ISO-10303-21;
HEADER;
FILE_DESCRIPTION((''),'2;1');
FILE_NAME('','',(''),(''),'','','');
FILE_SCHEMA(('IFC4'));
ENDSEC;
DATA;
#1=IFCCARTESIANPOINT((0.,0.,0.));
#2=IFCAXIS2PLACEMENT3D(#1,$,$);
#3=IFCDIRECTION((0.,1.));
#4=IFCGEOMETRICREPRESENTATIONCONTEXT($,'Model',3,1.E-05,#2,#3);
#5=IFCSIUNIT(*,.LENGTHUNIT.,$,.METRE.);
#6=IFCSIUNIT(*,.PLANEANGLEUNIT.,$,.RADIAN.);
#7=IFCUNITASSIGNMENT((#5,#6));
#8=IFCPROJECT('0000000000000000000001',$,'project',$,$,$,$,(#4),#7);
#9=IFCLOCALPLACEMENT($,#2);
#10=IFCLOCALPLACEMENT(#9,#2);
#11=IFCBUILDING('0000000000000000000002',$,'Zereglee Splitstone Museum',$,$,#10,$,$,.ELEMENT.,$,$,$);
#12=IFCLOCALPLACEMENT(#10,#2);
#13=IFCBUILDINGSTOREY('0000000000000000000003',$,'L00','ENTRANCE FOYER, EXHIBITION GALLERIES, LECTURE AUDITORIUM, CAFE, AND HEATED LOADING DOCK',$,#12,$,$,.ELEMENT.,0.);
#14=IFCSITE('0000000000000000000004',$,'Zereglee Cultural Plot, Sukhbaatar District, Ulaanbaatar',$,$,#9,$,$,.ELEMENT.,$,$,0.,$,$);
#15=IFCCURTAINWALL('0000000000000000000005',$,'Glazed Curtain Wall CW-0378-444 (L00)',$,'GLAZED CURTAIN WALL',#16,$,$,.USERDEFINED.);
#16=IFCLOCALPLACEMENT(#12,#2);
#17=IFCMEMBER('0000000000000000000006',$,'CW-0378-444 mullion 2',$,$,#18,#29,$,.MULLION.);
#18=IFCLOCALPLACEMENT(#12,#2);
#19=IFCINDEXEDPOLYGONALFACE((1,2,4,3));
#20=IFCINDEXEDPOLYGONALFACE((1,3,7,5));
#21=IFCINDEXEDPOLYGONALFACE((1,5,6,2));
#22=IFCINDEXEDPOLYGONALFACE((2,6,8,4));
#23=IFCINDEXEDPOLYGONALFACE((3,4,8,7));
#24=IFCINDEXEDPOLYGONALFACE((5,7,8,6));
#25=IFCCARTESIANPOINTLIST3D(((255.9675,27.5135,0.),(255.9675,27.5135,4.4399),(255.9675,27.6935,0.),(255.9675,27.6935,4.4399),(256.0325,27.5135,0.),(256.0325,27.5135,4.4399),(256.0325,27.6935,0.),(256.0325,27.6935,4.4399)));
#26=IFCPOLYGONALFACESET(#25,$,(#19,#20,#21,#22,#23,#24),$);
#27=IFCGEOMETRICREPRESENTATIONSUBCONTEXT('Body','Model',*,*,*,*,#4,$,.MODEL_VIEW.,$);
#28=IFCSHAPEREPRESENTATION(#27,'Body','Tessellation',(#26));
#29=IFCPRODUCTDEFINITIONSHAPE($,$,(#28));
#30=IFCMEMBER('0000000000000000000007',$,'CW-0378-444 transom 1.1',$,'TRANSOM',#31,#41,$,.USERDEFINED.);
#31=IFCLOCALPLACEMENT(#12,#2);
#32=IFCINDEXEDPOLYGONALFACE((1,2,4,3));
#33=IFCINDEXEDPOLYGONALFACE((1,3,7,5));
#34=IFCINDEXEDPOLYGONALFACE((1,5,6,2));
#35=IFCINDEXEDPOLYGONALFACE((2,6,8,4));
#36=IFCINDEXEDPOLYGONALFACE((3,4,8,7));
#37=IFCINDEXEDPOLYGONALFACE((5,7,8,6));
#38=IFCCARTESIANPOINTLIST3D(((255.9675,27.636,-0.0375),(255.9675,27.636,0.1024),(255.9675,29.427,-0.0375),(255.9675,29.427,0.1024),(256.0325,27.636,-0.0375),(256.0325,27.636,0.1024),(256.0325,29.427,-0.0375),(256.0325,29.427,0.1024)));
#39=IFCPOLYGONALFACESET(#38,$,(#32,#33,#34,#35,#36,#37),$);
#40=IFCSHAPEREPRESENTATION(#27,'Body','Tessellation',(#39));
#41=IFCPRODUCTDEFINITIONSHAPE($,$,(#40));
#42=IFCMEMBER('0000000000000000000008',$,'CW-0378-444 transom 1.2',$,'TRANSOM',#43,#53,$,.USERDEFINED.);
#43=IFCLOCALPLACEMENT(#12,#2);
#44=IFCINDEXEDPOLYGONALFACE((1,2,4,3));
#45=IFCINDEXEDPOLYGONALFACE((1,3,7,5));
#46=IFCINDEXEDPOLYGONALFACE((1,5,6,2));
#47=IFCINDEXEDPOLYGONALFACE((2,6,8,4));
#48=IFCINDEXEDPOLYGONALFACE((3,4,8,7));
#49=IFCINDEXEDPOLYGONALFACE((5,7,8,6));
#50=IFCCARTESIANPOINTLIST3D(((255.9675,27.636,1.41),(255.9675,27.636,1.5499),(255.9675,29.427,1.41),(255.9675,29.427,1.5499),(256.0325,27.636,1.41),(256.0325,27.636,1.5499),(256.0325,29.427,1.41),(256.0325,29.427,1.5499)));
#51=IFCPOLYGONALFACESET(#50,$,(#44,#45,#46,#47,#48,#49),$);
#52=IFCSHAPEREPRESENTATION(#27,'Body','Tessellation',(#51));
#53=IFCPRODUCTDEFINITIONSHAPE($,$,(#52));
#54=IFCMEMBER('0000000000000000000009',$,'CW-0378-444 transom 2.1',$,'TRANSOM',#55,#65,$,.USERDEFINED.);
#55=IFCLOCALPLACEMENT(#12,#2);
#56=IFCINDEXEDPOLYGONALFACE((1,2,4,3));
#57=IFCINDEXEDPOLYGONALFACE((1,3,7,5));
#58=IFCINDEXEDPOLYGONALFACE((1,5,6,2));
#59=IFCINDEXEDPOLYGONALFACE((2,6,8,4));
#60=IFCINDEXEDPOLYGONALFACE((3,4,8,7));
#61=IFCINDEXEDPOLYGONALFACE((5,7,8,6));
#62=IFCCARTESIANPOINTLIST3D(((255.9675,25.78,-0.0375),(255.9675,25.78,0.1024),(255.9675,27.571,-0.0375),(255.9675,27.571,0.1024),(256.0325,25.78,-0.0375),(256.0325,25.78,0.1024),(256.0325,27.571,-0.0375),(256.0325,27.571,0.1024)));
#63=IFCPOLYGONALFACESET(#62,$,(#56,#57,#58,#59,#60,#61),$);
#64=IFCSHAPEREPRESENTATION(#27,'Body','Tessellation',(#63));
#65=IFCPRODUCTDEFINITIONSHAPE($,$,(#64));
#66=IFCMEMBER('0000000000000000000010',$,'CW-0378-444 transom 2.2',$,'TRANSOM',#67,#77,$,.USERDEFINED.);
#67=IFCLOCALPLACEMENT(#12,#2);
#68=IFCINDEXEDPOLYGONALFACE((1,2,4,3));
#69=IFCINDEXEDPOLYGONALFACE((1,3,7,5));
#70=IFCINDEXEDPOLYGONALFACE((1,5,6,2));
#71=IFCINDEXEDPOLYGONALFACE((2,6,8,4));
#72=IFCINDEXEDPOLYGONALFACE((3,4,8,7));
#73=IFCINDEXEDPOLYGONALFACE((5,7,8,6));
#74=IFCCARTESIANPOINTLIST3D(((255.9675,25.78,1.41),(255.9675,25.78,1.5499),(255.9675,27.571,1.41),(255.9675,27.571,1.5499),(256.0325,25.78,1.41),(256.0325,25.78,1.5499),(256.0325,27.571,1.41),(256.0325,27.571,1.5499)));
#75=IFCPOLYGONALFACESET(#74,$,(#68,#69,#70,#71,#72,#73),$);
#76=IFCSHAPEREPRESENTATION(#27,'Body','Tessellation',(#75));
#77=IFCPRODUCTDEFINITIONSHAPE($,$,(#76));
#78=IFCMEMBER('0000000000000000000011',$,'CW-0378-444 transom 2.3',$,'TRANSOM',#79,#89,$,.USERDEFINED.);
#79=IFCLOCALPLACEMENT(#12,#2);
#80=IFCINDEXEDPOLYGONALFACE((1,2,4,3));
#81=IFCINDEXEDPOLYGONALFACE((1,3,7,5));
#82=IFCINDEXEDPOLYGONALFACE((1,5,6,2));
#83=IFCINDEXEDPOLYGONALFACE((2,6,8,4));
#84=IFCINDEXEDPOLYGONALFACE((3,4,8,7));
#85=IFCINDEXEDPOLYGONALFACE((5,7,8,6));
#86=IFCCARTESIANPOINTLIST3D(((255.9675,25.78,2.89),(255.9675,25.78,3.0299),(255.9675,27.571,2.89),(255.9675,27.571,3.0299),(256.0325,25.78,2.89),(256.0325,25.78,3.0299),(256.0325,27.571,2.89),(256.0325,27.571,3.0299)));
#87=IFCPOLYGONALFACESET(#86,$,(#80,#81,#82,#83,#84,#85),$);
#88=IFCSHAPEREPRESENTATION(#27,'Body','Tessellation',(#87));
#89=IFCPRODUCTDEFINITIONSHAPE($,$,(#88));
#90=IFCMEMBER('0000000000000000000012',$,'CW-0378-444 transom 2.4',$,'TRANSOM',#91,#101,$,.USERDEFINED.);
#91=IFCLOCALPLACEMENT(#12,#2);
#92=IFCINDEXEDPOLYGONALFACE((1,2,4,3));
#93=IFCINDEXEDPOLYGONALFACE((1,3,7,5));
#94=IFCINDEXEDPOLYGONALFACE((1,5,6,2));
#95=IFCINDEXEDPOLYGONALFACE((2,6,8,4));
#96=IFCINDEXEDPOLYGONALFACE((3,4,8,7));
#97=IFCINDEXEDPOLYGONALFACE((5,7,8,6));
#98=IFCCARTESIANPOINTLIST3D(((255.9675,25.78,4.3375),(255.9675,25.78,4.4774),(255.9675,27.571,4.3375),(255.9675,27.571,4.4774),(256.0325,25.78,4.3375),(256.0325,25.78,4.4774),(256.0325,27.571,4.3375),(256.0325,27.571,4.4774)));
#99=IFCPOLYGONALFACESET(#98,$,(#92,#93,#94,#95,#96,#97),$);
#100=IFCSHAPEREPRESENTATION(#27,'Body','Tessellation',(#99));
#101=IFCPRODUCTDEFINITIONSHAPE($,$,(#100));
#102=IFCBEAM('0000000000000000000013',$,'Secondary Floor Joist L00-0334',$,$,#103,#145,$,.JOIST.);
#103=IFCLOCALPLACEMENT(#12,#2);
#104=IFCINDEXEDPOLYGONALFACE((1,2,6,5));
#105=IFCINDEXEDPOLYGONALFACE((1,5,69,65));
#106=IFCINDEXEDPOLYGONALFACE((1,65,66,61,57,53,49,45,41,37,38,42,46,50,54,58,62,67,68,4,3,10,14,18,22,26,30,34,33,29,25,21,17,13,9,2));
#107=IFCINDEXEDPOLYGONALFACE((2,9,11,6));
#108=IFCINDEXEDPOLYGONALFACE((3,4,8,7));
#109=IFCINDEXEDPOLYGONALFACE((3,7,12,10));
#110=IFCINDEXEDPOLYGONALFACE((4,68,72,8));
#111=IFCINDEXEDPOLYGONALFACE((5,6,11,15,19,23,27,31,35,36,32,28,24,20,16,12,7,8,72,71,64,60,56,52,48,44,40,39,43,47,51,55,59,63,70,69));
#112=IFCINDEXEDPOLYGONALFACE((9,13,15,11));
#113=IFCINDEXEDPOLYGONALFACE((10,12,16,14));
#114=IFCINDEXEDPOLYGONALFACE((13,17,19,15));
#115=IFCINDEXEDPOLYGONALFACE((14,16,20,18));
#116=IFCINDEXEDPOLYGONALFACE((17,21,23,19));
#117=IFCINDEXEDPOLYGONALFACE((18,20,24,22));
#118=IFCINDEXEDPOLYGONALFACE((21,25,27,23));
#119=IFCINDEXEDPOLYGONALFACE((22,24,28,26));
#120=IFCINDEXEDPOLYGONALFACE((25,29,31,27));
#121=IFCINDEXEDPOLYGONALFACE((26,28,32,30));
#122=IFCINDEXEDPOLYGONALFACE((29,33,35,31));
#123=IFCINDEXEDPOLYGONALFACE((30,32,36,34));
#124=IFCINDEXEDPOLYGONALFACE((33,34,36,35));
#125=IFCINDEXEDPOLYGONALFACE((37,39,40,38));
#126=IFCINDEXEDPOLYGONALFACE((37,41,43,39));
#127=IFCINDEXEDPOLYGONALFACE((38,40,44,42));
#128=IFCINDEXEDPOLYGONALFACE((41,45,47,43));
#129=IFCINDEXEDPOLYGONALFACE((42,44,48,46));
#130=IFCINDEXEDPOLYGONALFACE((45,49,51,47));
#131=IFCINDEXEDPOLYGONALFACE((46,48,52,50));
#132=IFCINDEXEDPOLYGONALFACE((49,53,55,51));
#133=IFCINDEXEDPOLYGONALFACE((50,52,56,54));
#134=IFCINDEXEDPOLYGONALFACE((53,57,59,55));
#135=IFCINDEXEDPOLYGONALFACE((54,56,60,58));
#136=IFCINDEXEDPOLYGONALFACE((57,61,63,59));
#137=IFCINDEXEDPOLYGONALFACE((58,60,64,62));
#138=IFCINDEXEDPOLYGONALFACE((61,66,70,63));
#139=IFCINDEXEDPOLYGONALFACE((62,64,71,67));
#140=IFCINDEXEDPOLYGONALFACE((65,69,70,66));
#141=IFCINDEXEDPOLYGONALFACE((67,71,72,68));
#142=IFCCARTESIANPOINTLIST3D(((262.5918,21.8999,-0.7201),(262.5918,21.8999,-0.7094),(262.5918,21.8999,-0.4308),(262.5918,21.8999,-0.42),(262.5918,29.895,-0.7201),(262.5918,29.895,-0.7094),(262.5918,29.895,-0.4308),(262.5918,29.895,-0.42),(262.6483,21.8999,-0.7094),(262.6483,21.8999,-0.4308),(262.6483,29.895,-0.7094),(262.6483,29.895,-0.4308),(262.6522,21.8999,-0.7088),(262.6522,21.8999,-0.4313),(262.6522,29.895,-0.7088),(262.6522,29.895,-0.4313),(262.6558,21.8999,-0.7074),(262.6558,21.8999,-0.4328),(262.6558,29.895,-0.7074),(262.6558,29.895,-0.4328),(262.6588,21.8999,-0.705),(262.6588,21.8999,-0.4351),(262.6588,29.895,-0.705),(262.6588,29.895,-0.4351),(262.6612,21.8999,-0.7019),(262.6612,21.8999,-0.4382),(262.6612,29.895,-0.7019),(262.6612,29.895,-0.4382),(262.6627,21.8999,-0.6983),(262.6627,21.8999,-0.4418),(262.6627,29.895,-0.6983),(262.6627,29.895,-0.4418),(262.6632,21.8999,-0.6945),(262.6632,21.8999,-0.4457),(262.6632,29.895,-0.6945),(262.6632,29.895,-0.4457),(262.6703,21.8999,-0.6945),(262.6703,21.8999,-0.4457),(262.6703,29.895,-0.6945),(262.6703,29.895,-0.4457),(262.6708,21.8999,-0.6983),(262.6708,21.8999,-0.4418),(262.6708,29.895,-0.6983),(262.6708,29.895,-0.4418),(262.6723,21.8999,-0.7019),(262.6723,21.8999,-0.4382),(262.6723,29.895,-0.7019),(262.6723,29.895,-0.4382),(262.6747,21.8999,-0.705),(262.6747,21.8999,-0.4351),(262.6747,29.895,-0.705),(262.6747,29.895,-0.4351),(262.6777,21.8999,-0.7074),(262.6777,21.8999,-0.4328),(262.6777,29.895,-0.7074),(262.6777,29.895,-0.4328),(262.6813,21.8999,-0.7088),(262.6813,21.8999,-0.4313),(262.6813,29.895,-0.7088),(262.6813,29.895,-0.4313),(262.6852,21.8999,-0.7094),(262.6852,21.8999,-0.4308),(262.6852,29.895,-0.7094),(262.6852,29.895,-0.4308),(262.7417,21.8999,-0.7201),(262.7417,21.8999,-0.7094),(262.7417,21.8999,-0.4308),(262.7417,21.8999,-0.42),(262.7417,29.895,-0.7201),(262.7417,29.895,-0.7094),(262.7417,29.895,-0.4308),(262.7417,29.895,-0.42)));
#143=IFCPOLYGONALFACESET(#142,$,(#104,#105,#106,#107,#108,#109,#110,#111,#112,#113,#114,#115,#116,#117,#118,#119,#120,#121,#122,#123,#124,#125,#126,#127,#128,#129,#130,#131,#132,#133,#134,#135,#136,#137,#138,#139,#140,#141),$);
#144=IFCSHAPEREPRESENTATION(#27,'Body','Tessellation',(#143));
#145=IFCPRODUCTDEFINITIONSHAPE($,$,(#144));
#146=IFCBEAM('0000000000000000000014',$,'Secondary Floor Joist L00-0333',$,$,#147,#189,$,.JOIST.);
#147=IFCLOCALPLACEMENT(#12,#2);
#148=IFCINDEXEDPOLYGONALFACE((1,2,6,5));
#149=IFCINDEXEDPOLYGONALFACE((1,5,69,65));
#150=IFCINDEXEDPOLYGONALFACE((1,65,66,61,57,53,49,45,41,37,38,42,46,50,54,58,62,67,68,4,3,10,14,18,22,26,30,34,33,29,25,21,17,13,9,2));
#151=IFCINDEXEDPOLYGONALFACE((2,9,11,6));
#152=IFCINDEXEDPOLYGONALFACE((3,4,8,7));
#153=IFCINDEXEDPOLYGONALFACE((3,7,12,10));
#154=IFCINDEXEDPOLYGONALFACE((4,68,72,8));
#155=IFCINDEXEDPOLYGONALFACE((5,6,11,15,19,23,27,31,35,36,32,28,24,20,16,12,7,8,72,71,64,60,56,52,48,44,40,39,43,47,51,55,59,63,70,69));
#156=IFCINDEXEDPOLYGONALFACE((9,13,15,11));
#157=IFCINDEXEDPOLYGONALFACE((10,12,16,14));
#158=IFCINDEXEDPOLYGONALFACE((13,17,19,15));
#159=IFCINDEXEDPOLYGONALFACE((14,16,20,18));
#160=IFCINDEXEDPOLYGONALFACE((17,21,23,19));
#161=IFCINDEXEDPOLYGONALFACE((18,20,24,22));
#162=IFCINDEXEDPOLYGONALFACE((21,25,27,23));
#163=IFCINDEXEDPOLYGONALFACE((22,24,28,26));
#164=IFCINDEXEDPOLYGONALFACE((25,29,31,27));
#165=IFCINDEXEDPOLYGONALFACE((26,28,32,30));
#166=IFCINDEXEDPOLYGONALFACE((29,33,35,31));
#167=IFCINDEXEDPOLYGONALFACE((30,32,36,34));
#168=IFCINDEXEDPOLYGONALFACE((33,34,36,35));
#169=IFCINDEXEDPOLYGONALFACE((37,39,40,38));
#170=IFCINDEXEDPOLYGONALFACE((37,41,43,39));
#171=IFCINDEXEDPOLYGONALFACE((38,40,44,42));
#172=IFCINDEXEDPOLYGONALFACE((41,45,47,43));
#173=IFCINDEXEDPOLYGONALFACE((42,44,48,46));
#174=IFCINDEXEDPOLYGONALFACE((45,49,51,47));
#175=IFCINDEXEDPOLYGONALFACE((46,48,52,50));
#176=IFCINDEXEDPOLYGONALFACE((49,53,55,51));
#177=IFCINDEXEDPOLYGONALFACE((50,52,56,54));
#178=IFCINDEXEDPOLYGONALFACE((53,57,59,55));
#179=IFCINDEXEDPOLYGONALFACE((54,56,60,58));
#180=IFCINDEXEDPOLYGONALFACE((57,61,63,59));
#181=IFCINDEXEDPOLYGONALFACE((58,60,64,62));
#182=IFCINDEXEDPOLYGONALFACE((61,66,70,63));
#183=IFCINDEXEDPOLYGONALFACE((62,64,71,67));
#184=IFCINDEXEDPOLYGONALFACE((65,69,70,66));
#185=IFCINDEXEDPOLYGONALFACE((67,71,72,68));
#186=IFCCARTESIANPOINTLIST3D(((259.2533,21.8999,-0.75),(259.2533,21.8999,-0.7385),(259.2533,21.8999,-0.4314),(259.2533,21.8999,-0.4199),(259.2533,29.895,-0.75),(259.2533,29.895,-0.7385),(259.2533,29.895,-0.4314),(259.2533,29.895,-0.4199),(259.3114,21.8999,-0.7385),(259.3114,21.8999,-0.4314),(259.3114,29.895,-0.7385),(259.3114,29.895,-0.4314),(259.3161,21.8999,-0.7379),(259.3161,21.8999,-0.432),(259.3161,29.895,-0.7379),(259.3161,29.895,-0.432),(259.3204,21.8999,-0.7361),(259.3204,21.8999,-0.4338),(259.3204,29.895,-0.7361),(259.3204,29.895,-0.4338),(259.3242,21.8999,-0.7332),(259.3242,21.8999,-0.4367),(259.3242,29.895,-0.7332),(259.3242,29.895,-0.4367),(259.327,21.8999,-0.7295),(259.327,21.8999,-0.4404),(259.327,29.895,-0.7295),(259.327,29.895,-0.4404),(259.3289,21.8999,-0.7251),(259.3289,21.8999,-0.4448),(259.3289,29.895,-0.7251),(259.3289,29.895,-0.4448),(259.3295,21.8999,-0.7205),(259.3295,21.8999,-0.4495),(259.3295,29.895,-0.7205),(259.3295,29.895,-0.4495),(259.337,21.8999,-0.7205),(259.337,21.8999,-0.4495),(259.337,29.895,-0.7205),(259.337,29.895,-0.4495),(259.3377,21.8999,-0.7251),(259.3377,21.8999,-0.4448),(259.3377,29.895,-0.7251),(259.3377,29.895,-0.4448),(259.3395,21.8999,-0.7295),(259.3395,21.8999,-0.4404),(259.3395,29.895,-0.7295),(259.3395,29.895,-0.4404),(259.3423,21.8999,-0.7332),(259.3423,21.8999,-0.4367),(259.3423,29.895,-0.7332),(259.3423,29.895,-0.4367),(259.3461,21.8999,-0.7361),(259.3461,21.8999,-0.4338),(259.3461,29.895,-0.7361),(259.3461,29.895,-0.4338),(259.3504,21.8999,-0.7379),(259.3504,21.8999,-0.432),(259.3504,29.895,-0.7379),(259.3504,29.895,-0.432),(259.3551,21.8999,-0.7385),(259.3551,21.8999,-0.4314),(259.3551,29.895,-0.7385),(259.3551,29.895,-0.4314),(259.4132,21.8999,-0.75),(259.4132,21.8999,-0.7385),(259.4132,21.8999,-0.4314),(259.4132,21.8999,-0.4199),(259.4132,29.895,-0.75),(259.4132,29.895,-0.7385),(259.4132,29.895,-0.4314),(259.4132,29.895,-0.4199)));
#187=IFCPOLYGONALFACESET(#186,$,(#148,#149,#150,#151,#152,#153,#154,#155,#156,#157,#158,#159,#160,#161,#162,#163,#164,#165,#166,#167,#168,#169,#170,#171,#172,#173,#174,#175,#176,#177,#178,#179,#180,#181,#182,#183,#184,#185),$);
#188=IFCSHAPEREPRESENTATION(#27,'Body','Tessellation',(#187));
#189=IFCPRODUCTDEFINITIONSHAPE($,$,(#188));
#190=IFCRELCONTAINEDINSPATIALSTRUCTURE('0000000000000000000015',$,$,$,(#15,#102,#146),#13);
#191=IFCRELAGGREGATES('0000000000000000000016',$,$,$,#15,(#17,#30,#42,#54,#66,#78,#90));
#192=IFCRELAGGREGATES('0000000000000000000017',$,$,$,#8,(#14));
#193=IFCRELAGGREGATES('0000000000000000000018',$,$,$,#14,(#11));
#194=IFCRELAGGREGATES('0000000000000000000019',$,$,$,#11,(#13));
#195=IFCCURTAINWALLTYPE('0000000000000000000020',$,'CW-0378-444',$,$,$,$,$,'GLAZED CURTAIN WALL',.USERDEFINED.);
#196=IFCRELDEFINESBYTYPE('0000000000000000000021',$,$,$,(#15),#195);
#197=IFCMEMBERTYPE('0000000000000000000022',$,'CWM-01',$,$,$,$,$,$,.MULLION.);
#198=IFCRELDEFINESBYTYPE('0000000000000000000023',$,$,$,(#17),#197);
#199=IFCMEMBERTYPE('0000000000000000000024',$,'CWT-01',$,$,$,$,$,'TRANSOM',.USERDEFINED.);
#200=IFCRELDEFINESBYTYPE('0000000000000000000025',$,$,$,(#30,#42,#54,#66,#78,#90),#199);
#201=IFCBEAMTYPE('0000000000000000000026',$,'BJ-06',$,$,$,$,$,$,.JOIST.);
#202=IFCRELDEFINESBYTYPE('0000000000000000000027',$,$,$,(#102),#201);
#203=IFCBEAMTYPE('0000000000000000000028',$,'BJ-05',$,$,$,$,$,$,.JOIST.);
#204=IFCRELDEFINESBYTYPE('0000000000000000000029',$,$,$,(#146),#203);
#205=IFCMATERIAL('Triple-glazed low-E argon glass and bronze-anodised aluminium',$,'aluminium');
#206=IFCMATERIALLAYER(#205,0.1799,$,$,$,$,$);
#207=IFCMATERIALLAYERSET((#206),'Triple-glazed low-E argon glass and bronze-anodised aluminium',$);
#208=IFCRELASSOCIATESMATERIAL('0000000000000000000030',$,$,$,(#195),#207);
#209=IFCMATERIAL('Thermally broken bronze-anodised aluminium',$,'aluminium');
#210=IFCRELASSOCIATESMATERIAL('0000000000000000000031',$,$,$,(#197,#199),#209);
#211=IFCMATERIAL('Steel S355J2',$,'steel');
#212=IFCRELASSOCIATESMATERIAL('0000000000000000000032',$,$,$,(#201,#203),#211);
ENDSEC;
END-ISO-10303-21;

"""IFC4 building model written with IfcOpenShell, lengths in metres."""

from ifc_helpers import new_model, si_unit, direction, frame, origin, origin_2d, place, context, subcontext, project, spatial, rectangle, i_section, extrude, material, layer, layer_set, material_profile, profile_set, type_object, element, aggregate, save


model = new_model("IFC4")

# Units and contexts
model_context = context("Model", 3, precision=1e-05, world=origin(), true_north=direction((0.0, 1.0)))
body_context = subcontext(model_context, "Body", "Model", "MODEL_VIEW")
ifc_project = project(units=[si_unit("LENGTHUNIT", "METRE"), si_unit("PLANEANGLEUNIT", "RADIAN")], contexts=[model_context])

# Site, building, storey
site_placement = place(None, origin())
site = spatial("IfcSite", under=ifc_project, at=site_placement, Name="Zereglee Cultural Plot, Sukhbaatar District, Ulaanbaatar", CompositionType="ELEMENT", RefElevation=0.0)
building_placement = place(site_placement, origin())
building = spatial("IfcBuilding", under=site, at=building_placement, Name="Zereglee Splitstone Museum", CompositionType="ELEMENT")
storey_placement = place(building_placement, origin())
storey = spatial("IfcBuildingStorey", under=building, at=storey_placement, Name="L00", Description="ENTRANCE FOYER, EXHIBITION GALLERIES, LECTURE AUDITORIUM, CAFE, AND HEATED LOADING DOCK", CompositionType="ELEMENT", Elevation=0.0)

# Curtain wall, members
ifc_material_1 = material(Name="Triple-glazed low-E argon glass and bronze-anodised aluminium", Category="aluminium")
ifc_layer_1 = layer(ifc_material_1, 0.1799)
ifc_layer_set_1 = layer_set([ifc_layer_1], Name="Triple-glazed low-E argon glass and bronze-anodised aluminium")
curtain_wall_type = type_object("IfcCurtainWallType", Name="CW-0378-444", ElementType="GLAZED CURTAIN WALL", PredefinedType="USERDEFINED", material=ifc_layer_set_1)
curtain_wall_placement = place(storey_placement, origin())
curtain_wall = element("IfcCurtainWall", 1, at=curtain_wall_placement, inside=storey, type_object=curtain_wall_type, Name="Glazed Curtain Wall CW-0378-444 (L00)", ObjectType="GLAZED CURTAIN WALL", PredefinedType="USERDEFINED")
ifc_material_2 = material(Name="Thermally broken bronze-anodised aluminium", Category="aluminium")
ifc_material_profile_1 = material_profile(ifc_material_2, rectangle(XDim=0.0649, YDim=0.1799, at=origin_2d()), Name="CW MULL 65x180")
ifc_profile_set_1 = profile_set([ifc_material_profile_1], Name="Thermally broken bronze-anodised aluminium")
member_type_1 = type_object("IfcMemberType", Name="CWM-01", PredefinedType="MULLION", material=ifc_profile_set_1)
member_1_placement = place(storey_placement, frame((256.0, 27.6035, 0.0), z_axis=(0.0, 0.0, 1.0), x_axis=(1.0, 0.0, 0.0)))
member_1 = element("IfcMember", 2, at=member_1_placement, type_object=member_type_1, Name="CW-0378-444 mullion 2", PredefinedType="MULLION", context=body_context, shape_type="SweptSolid", body=[
    extrude(rectangle(XDim=0.0649, YDim=0.1799, at=origin_2d()), origin(), (0.0, 0.0, 1.0), 4.4399),
])
ifc_material_profile_2 = material_profile(ifc_material_2, rectangle(XDim=0.0649, YDim=0.1399, at=origin_2d()), Name="CW TRAN 65x140")
ifc_profile_set_2 = profile_set([ifc_material_profile_2], Name="Thermally broken bronze-anodised aluminium")
member_type_2 = type_object("IfcMemberType", Name="CWT-01", ElementType="TRANSOM", PredefinedType="USERDEFINED", material=ifc_profile_set_2)
member_2_placement = place(storey_placement, frame((256.0, 29.427, 0.0325), z_axis=(0.0, -1.0, 0.0), x_axis=(1.0, 0.0, 0.0)))
member_2 = element("IfcMember", 3, at=member_2_placement, type_object=member_type_2, Name="CW-0378-444 transom 1.1", ObjectType="TRANSOM", PredefinedType="USERDEFINED", context=body_context, shape_type="SweptSolid", body=[
    extrude(rectangle(XDim=0.0649, YDim=0.1399, at=origin_2d()), origin(), (0.0, 0.0, 1.0), 1.791),
])
member_3_placement = place(storey_placement, frame((256.0, 29.427, 1.48), z_axis=(0.0, -1.0, 0.0), x_axis=(1.0, 0.0, 0.0)))
member_3 = element("IfcMember", 4, at=member_3_placement, type_object=member_type_2, Name="CW-0378-444 transom 1.2", ObjectType="TRANSOM", PredefinedType="USERDEFINED", context=body_context, shape_type="SweptSolid", body=[
    extrude(rectangle(XDim=0.0649, YDim=0.1399, at=origin_2d()), origin(), (0.0, 0.0, 1.0), 1.791),
])
member_4_placement = place(storey_placement, frame((256.0, 27.571, 0.0325), z_axis=(0.0, -1.0, 0.0), x_axis=(1.0, 0.0, 0.0)))
member_4 = element("IfcMember", 5, at=member_4_placement, type_object=member_type_2, Name="CW-0378-444 transom 2.1", ObjectType="TRANSOM", PredefinedType="USERDEFINED", context=body_context, shape_type="SweptSolid", body=[
    extrude(rectangle(XDim=0.0649, YDim=0.1399, at=origin_2d()), origin(), (0.0, 0.0, 1.0), 1.791),
])
member_5_placement = place(storey_placement, frame((256.0, 27.571, 1.48), z_axis=(0.0, -1.0, 0.0), x_axis=(1.0, 0.0, 0.0)))
member_5 = element("IfcMember", 6, at=member_5_placement, type_object=member_type_2, Name="CW-0378-444 transom 2.2", ObjectType="TRANSOM", PredefinedType="USERDEFINED", context=body_context, shape_type="SweptSolid", body=[
    extrude(rectangle(XDim=0.0649, YDim=0.1399, at=origin_2d()), origin(), (0.0, 0.0, 1.0), 1.791),
])
member_6_placement = place(storey_placement, frame((256.0, 27.571, 2.96), z_axis=(0.0, -1.0, 0.0), x_axis=(1.0, 0.0, 0.0)))
member_6 = element("IfcMember", 7, at=member_6_placement, type_object=member_type_2, Name="CW-0378-444 transom 2.3", ObjectType="TRANSOM", PredefinedType="USERDEFINED", context=body_context, shape_type="SweptSolid", body=[
    extrude(rectangle(XDim=0.0649, YDim=0.1399, at=origin_2d()), origin(), (0.0, 0.0, 1.0), 1.791),
])
member_7_placement = place(storey_placement, frame((256.0, 27.571, 4.4075), z_axis=(0.0, -1.0, 0.0), x_axis=(1.0, 0.0, 0.0)))
member_7 = element("IfcMember", 8, at=member_7_placement, type_object=member_type_2, Name="CW-0378-444 transom 2.4", ObjectType="TRANSOM", PredefinedType="USERDEFINED", context=body_context, shape_type="SweptSolid", body=[
    extrude(rectangle(XDim=0.0649, YDim=0.1399, at=origin_2d()), origin(), (0.0, 0.0, 1.0), 1.791),
])

# Beams
ifc_material_3 = material(Name="Steel S355J2", Category="steel")
ifc_material_profile_3 = material_profile(ifc_material_3, i_section(OverallWidth=0.1499, OverallDepth=0.3, WebThickness=0.0071, FlangeThickness=0.0107, FilletRadius=0.0149, at=origin_2d()), Name="IPE 300")
ifc_profile_set_3 = profile_set([ifc_material_profile_3], Name="Steel S355J2")
beam_type_1 = type_object("IfcBeamType", Name="BJ-06", PredefinedType="JOIST", material=ifc_profile_set_3)
beam_1_placement = place(storey_placement, frame((262.6667, 21.8999, -0.5701), z_axis=(0.0, 1.0, 0.0), x_axis=(-1.0, 0.0, 0.0)))
element("IfcBeam", 9, at=beam_1_placement, inside=storey, type_object=beam_type_1, Name="Secondary Floor Joist L00-0334", PredefinedType="JOIST", context=body_context, shape_type="SweptSolid", body=[
    extrude(i_section(OverallWidth=0.1499, OverallDepth=0.3, WebThickness=0.0071, FlangeThickness=0.0107, FilletRadius=0.0149, at=origin_2d()), origin(), (0.0, 0.0, 1.0), 7.9951),
])
ifc_material_profile_4 = material_profile(ifc_material_3, i_section(OverallWidth=0.1599, OverallDepth=0.3301, WebThickness=0.0076, FlangeThickness=0.0115, FilletRadius=0.0181, at=origin_2d()), Name="IPE 330")
ifc_profile_set_4 = profile_set([ifc_material_profile_4], Name="Steel S355J2")
beam_type_2 = type_object("IfcBeamType", Name="BJ-05", PredefinedType="JOIST", material=ifc_profile_set_4)
beam_2_placement = place(storey_placement, frame((259.3333, 21.8999, -0.585), z_axis=(0.0, 1.0, 0.0), x_axis=(-1.0, 0.0, 0.0)))
element("IfcBeam", 10, at=beam_2_placement, inside=storey, type_object=beam_type_2, Name="Secondary Floor Joist L00-0333", PredefinedType="JOIST", context=body_context, shape_type="SweptSolid", body=[
    extrude(i_section(OverallWidth=0.1599, OverallDepth=0.3301, WebThickness=0.0076, FlangeThickness=0.0115, FilletRadius=0.0181, at=origin_2d()), origin(), (0.0, 0.0, 1.0), 7.9951),
])

aggregate(curtain_wall, [member_1, member_2, member_3, member_4, member_5, member_6, member_7])

save(model, "model.ifc")
